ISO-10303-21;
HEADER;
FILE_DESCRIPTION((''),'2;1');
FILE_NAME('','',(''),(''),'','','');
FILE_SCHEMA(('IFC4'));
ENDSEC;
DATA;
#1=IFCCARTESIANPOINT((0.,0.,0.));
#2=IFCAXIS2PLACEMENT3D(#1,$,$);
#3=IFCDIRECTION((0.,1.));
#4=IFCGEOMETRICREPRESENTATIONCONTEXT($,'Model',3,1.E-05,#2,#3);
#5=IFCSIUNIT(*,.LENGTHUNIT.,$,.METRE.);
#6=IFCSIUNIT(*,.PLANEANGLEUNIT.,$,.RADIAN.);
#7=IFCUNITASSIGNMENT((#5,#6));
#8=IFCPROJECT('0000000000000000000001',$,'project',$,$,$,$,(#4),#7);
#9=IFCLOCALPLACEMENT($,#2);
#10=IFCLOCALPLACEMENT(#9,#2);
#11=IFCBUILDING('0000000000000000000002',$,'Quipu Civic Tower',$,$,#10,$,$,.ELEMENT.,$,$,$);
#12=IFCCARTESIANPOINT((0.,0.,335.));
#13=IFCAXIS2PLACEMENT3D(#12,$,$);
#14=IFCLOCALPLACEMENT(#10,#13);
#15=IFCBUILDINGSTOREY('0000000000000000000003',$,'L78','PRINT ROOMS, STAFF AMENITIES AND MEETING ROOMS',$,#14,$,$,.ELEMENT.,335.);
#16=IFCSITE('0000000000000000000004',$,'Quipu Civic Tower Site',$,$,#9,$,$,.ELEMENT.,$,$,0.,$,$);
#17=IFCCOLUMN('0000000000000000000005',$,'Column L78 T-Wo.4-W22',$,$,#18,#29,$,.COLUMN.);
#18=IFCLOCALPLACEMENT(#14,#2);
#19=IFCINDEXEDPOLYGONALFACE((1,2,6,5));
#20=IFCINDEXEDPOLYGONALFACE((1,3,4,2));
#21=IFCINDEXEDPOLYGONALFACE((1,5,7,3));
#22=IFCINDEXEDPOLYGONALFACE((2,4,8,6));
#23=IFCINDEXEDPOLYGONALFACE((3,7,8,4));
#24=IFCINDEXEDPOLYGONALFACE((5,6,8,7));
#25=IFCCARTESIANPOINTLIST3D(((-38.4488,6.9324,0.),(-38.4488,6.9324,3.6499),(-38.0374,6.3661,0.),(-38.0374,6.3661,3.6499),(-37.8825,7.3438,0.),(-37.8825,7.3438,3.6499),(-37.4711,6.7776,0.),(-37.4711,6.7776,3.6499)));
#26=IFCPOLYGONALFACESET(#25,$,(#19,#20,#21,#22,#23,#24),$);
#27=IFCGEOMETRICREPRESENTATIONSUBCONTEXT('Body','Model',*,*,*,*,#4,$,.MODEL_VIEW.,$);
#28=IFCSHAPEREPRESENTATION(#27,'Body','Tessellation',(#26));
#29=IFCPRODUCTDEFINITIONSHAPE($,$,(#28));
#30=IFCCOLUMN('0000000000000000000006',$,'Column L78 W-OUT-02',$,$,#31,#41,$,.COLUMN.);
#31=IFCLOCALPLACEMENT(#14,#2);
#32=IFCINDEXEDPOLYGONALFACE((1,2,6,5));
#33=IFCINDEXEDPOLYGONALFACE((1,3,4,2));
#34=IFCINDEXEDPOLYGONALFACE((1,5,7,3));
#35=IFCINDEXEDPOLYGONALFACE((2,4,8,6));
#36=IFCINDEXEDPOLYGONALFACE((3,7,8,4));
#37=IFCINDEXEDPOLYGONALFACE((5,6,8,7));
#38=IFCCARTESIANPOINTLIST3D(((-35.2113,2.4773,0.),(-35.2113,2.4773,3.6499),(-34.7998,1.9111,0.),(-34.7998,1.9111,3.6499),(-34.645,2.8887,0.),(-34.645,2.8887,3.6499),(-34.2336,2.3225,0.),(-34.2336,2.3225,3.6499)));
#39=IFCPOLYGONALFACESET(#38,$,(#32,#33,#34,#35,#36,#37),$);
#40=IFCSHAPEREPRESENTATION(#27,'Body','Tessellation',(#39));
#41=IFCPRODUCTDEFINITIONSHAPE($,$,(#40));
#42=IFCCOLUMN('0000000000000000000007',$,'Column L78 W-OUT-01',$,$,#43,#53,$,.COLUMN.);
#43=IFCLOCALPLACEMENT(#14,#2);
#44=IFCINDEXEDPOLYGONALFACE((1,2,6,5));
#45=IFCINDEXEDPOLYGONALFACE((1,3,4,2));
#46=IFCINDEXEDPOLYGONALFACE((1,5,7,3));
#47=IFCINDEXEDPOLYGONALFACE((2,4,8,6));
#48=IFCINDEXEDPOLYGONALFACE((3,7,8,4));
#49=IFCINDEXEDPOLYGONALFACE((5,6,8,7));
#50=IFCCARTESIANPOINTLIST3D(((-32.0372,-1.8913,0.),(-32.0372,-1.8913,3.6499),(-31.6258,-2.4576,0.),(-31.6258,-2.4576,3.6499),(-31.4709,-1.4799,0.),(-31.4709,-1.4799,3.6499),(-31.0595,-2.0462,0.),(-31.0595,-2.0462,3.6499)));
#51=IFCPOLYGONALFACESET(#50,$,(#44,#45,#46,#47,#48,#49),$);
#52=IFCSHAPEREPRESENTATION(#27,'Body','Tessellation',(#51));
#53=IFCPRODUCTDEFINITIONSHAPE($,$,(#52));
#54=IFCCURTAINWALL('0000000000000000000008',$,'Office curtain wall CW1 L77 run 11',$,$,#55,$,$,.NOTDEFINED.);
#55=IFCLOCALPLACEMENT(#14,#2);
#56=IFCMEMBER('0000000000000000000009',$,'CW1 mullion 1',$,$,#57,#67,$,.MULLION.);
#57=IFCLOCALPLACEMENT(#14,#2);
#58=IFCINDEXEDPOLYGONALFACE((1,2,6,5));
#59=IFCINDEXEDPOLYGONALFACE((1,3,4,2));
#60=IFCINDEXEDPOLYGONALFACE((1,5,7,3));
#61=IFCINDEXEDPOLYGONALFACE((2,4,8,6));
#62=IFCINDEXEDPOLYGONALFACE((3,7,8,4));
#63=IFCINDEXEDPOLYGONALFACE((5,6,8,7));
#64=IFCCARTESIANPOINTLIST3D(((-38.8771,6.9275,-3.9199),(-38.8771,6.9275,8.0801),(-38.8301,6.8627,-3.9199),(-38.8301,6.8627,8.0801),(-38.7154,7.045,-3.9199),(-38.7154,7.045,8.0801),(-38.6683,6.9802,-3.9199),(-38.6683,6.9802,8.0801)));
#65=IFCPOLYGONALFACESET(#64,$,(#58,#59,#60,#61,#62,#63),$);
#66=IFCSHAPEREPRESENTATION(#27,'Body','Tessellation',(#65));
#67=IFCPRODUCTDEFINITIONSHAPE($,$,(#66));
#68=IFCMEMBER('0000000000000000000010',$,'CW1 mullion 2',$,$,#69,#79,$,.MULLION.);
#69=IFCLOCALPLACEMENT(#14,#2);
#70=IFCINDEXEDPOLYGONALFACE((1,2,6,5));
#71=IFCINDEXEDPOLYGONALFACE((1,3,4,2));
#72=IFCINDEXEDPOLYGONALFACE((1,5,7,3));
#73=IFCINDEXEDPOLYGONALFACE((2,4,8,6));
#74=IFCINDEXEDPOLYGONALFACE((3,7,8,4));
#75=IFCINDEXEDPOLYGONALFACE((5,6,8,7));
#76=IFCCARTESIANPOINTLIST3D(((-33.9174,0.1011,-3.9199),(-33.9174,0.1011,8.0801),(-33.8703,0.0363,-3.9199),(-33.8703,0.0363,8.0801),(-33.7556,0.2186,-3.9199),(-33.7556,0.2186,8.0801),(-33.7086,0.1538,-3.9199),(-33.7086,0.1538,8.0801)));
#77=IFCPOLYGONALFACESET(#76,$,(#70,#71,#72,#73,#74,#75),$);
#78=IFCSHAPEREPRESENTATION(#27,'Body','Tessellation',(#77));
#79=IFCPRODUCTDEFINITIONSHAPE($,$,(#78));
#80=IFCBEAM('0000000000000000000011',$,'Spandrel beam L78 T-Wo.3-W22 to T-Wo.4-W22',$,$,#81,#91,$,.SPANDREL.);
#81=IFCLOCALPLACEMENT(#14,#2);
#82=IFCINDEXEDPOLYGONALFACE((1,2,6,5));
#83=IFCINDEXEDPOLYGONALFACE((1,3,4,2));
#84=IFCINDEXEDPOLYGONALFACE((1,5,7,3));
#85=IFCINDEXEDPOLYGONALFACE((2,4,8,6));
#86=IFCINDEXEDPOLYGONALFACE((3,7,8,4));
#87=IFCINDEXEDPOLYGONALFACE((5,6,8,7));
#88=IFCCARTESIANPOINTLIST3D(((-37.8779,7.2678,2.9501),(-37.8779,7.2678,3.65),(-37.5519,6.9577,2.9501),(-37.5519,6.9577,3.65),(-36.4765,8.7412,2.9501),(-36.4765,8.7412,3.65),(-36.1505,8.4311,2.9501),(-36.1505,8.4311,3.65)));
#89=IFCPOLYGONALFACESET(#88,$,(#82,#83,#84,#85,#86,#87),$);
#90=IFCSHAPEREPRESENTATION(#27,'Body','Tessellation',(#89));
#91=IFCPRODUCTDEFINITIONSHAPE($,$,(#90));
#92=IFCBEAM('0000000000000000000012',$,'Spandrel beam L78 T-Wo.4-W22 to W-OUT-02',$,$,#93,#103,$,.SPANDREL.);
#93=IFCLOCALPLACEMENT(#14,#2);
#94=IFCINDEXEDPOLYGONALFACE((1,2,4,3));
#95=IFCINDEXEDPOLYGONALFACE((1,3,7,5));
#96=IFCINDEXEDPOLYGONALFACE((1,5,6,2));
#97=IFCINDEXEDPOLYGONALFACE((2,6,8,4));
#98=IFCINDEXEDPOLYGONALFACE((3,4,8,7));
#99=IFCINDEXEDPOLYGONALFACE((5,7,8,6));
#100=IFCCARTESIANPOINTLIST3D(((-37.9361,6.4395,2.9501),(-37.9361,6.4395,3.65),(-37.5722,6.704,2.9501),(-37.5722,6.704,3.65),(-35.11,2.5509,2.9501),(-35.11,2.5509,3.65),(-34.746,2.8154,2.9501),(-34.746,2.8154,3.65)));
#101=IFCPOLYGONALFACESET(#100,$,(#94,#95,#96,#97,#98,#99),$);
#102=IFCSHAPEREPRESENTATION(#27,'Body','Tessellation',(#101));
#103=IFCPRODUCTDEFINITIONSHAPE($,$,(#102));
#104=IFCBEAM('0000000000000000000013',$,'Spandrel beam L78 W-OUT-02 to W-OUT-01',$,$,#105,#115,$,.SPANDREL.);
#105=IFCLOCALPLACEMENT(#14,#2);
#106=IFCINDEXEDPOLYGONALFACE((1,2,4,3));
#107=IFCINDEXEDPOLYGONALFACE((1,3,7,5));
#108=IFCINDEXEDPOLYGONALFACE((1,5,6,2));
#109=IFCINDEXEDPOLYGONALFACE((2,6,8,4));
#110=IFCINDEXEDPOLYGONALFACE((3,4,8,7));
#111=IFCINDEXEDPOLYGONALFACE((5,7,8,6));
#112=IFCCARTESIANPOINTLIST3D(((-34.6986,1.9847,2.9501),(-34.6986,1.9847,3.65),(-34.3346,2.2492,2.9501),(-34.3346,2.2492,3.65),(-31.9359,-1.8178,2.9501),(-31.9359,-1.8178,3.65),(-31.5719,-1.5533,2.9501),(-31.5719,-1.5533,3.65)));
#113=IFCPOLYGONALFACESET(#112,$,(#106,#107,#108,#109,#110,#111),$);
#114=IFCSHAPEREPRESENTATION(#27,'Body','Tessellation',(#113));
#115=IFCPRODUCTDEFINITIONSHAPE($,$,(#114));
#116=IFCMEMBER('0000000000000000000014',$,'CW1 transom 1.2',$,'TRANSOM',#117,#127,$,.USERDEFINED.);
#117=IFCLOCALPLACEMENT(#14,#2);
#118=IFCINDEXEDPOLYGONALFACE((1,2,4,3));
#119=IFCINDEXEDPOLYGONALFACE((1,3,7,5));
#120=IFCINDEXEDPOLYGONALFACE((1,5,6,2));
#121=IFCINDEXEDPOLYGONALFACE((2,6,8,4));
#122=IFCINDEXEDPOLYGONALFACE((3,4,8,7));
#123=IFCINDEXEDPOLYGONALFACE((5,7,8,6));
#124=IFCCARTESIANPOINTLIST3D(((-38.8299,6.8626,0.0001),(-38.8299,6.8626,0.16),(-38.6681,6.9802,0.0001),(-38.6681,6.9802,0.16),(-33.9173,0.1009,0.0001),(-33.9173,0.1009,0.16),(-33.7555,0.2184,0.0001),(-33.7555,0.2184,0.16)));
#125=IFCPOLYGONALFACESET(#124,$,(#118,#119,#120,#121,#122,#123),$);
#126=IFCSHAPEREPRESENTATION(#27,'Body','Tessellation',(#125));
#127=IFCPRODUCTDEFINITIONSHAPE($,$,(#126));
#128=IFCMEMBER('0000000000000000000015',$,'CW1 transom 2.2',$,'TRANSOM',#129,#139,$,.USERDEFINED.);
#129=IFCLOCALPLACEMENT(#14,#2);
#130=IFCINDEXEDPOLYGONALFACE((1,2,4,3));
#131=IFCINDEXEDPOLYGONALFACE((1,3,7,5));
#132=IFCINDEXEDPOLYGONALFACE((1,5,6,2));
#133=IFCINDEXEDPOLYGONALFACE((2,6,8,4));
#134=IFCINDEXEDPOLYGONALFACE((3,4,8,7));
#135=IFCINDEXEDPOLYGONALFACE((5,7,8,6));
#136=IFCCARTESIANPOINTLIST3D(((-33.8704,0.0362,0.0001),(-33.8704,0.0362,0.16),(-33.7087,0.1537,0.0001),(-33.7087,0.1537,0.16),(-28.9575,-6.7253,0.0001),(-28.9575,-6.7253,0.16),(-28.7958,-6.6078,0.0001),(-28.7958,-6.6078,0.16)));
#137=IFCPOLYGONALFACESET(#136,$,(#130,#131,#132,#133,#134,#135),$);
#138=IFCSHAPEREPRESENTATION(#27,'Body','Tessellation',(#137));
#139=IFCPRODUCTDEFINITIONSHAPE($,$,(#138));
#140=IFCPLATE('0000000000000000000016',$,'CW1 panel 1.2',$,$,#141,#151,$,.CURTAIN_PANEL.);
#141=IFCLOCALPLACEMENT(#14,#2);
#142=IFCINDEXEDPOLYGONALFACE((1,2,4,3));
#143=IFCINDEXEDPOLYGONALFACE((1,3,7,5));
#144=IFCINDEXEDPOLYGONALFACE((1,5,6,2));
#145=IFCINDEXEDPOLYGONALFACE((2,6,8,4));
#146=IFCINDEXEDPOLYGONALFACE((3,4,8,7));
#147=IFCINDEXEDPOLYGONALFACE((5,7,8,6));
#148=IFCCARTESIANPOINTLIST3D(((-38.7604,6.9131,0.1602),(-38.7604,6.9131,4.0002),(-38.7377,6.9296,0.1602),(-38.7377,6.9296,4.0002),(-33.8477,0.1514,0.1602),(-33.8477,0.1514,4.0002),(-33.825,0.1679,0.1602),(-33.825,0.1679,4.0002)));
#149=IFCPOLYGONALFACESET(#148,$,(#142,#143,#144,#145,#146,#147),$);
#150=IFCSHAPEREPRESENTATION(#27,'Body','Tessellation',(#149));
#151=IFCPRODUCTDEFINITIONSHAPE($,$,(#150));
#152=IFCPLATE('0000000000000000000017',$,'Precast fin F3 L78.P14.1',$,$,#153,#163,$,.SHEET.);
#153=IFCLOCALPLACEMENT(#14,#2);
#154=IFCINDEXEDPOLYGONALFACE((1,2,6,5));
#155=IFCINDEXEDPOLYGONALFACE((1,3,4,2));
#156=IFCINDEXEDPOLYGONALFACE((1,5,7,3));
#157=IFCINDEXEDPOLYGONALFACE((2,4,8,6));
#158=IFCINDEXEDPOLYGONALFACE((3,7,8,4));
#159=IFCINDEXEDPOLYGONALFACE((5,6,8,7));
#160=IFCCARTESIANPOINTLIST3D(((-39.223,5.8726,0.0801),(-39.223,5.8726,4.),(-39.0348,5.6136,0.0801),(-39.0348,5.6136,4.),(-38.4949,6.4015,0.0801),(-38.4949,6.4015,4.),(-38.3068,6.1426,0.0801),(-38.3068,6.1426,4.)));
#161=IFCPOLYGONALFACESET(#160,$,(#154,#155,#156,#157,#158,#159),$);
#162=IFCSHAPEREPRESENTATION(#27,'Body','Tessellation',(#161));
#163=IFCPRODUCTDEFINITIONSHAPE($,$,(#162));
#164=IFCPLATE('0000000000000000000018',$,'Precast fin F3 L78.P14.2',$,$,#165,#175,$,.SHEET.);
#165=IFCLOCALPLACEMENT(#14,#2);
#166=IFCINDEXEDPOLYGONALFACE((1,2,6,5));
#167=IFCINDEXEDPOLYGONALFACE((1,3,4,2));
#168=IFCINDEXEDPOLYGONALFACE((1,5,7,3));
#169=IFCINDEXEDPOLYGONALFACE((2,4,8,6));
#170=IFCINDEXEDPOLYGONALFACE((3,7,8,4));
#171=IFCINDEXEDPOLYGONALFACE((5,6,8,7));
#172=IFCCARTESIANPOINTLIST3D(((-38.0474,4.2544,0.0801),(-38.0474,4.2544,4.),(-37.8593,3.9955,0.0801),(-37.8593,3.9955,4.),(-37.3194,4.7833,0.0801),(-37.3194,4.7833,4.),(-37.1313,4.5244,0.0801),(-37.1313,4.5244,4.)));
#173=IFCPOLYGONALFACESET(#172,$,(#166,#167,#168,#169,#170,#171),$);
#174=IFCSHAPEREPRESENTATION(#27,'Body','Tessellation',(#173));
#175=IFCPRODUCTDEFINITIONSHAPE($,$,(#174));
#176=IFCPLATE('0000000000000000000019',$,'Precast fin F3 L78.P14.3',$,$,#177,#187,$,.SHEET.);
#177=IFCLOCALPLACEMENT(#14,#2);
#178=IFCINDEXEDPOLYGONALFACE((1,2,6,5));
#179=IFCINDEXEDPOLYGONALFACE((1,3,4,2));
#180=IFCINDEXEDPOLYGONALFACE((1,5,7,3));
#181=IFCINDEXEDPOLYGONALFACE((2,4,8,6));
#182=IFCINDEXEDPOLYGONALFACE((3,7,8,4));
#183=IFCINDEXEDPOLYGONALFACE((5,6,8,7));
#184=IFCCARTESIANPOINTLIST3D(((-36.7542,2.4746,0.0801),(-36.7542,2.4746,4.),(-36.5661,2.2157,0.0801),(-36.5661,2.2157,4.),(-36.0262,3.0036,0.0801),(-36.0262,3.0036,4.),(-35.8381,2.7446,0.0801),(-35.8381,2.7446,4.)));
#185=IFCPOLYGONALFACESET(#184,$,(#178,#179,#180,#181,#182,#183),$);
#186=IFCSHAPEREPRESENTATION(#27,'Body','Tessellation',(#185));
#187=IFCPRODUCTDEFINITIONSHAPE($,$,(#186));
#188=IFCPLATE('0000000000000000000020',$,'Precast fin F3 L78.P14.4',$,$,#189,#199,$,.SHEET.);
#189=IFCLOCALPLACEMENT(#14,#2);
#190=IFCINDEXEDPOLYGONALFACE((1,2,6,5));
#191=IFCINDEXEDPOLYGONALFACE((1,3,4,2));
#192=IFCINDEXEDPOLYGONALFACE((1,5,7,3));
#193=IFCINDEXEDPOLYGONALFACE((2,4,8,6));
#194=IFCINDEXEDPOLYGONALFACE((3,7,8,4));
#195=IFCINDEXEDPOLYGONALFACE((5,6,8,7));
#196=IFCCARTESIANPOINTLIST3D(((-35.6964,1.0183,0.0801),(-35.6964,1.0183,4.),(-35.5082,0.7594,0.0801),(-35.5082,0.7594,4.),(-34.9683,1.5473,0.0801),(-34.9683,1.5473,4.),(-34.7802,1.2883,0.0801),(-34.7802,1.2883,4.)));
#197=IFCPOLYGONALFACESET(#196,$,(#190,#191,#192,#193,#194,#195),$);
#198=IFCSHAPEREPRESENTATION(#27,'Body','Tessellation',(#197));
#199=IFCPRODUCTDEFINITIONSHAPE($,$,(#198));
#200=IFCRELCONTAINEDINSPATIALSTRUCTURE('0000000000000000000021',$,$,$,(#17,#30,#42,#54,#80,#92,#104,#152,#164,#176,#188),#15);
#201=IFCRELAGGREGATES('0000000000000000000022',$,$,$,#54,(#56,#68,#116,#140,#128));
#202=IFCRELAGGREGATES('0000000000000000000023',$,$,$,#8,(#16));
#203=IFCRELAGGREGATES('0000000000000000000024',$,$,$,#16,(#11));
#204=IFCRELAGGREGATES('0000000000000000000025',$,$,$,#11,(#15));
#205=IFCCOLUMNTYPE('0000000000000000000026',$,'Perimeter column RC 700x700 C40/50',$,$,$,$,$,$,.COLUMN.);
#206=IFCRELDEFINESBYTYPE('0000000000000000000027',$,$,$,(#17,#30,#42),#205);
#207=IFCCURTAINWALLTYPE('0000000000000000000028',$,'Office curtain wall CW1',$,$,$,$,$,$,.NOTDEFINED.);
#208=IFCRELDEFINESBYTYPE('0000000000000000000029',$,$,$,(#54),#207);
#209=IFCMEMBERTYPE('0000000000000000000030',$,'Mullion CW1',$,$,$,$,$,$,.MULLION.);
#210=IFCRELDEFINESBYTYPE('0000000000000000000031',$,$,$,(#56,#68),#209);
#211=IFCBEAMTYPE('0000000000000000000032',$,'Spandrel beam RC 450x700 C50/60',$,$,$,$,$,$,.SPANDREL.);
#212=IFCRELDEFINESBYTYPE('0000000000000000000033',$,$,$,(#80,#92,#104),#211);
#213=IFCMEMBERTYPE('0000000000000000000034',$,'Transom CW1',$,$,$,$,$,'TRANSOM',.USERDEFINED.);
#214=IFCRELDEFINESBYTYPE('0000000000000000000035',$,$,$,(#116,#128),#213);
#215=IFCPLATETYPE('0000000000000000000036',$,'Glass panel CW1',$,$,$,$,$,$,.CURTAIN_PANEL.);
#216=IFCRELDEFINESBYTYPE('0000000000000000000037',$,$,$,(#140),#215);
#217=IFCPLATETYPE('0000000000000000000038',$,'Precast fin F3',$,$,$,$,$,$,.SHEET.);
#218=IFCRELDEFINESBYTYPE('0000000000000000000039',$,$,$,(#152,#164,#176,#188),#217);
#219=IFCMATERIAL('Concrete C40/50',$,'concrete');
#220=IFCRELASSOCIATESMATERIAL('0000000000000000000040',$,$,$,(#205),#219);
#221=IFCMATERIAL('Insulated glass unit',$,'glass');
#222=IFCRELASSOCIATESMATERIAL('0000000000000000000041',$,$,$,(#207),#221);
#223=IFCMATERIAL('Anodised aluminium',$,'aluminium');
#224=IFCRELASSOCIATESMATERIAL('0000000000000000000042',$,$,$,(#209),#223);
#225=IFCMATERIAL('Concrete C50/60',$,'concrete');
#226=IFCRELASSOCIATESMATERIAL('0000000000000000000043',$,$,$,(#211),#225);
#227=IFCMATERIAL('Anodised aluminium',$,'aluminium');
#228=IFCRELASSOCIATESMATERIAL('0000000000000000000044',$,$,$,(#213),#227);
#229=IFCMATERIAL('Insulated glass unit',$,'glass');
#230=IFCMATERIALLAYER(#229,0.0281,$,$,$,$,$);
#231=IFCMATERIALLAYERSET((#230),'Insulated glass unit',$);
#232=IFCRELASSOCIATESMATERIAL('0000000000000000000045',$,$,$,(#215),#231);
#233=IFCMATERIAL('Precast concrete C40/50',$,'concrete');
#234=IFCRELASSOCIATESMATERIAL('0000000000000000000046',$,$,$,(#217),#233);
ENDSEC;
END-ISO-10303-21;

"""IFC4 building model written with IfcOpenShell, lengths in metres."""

from ifc_helpers import new_model, si_unit, direction, frame, origin, origin_2d, place, context, subcontext, project, spatial, rectangle, extrude, material, layer, layer_set, material_profile, profile_set, type_object, element, aggregate, save


model = new_model("IFC4")

# Units and contexts
model_context = context("Model", 3, precision=1e-05, world=origin(), true_north=direction((0.0, 1.0)))
body_context = subcontext(model_context, "Body", "Model", "MODEL_VIEW")
ifc_project = project(units=[si_unit("LENGTHUNIT", "METRE"), si_unit("PLANEANGLEUNIT", "RADIAN")], contexts=[model_context])

# Site, building, storey
site_placement = place(None, origin())
site = spatial("IfcSite", under=ifc_project, at=site_placement, Name="Quipu Civic Tower Site", CompositionType="ELEMENT", RefElevation=0.0)
building_placement = place(site_placement, origin())
building = spatial("IfcBuilding", under=site, at=building_placement, Name="Quipu Civic Tower", CompositionType="ELEMENT")
storey_placement = place(building_placement, frame((0.0, 0.0, 335.0)))
storey = spatial("IfcBuildingStorey", under=building, at=storey_placement, Name="L78", Description="PRINT ROOMS, STAFF AMENITIES AND MEETING ROOMS", CompositionType="ELEMENT", Elevation=335.0)

# Columns
ifc_material_1 = material(Name="Concrete C40/50", Category="concrete")
ifc_material_profile_1 = material_profile(ifc_material_1, rectangle(XDim=0.7, YDim=0.7, at=origin_2d()), Name="RC700x700")
ifc_profile_set_1 = profile_set([ifc_material_profile_1], Name="Concrete C40/50")
column_type = type_object("IfcColumnType", Name="Perimeter column RC 700x700 C40/50", PredefinedType="COLUMN", material=ifc_profile_set_1)
for number, where, z_axis, x_axis, name in (
    (1, (-37.96, 6.855, 0.0), (0.0, 0.0, 1.0), (0.587785, -0.809017, 0.0), "Column L78 T-Wo.4-W22"),
    (2, (-34.7224, 2.3999, 0.0), (0.0, 0.0, 1.0), (0.587785, -0.809017, 0.0), "Column L78 W-OUT-02"),
    (3, (-31.5483, -1.9688, 0.0), (0.0, 0.0, 1.0), (0.587785, -0.809017, 0.0), "Column L78 W-OUT-01"),
):
    element("IfcColumn", number, at=place(storey_placement, frame(where, z_axis=z_axis, x_axis=x_axis)), inside=storey, type_object=column_type, Name=name, PredefinedType="COLUMN", context=body_context, shape_type="SweptSolid", body=[
        extrude(rectangle(XDim=0.7, YDim=0.7, at=origin_2d()), origin(), (0.0, 0.0, 1.0), 3.6499),
    ])

# Curtain wall, members
ifc_material_2 = material(Name="Insulated glass unit", Category="glass")
curtain_wall_type = type_object("IfcCurtainWallType", Name="Office curtain wall CW1", PredefinedType="NOTDEFINED", material=ifc_material_2)
curtain_wall_placement = place(storey_placement, origin())
curtain_wall = element("IfcCurtainWall", 4, at=curtain_wall_placement, inside=storey, type_object=curtain_wall_type, Name="Office curtain wall CW1 L77 run 11", PredefinedType="NOTDEFINED")
ifc_material_3 = material(Name="Anodised aluminium", Category="aluminium")
ifc_material_profile_2 = material_profile(ifc_material_3, rectangle(XDim=0.2, YDim=0.0801, at=origin_2d()), Name="RECT 200x80")
ifc_profile_set_2 = profile_set([ifc_material_profile_2], Name="Anodised aluminium")
member_type_1 = type_object("IfcMemberType", Name="Mullion CW1", PredefinedType="MULLION", material=ifc_profile_set_2)
member_1_placement = place(storey_placement, frame((-38.7727, 6.9539, -3.9199), z_axis=(0.0, 0.0, 1.0), x_axis=(0.809016, 0.587786, 0.0)))
member_1 = element("IfcMember", 5, at=member_1_placement, type_object=member_type_1, Name="CW1 mullion 1", PredefinedType="MULLION", context=body_context, shape_type="SweptSolid", body=[
    extrude(rectangle(XDim=0.2, YDim=0.0801, at=origin_2d()), origin(), (0.0, 0.0, 1.0), 12.0),
])
member_2_placement = place(storey_placement, frame((-33.813, 0.1274, -3.9199), z_axis=(0.0, 0.0, 1.0), x_axis=(0.809016, 0.587786, 0.0)))
member_2 = element("IfcMember", 6, at=member_2_placement, type_object=member_type_1, Name="CW1 mullion 2", PredefinedType="MULLION", context=body_context, shape_type="SweptSolid", body=[
    extrude(rectangle(XDim=0.2, YDim=0.0801, at=origin_2d()), origin(), (0.0, 0.0, 1.0), 12.0),
])

# Beams
ifc_material_4 = material(Name="Concrete C50/60", Category="concrete")
ifc_material_profile_3 = material_profile(ifc_material_4, rectangle(XDim=0.45, YDim=0.7, at=origin_2d()), Name="RC450x700")
ifc_profile_set_3 = profile_set([ifc_material_profile_3], Name="Concrete C50/60")
beam_type = type_object("IfcBeamType", Name="Spandrel beam RC 450x700 C50/60", PredefinedType="SPANDREL", material=ifc_profile_set_3)
beam_1_placement = place(storey_placement, frame((-36.3135, 8.5862, 3.3), z_axis=(-0.689175, -0.724595, 0.0), x_axis=(0.724595, -0.689175, 0.0)))
element("IfcBeam", 7, at=beam_1_placement, inside=storey, type_object=beam_type, Name="Spandrel beam L78 T-Wo.3-W22 to T-Wo.4-W22", PredefinedType="SPANDREL", context=body_context, shape_type="SweptSolid", body=[
    extrude(rectangle(XDim=0.45, YDim=0.7, at=origin_2d()), origin(), (0.0, 0.0, 1.0), 2.0334),
])
beam_2_placement = place(storey_placement, frame((-37.7542, 6.5718, 3.3), z_axis=(0.587906, -0.808929, 0.0), x_axis=(0.808929, 0.587906, 0.0)))
element("IfcBeam", 8, at=beam_2_placement, inside=storey, type_object=beam_type, Name="Spandrel beam L78 T-Wo.4-W22 to W-OUT-02", PredefinedType="SPANDREL", context=body_context, shape_type="SweptSolid", body=[
    extrude(rectangle(XDim=0.45, YDim=0.7, at=origin_2d()), origin(), (0.0, 0.0, 1.0), 4.8071),
])
beam_3_placement = place(storey_placement, frame((-34.5166, 2.1169, 3.3), z_axis=(0.587789, -0.809015, 0.0), x_axis=(0.809015, 0.587789, 0.0)))
element("IfcBeam", 9, at=beam_3_placement, inside=storey, type_object=beam_type, Name="Spandrel beam L78 W-OUT-02 to W-OUT-01", PredefinedType="SPANDREL", context=body_context, shape_type="SweptSolid", body=[
    extrude(rectangle(XDim=0.45, YDim=0.7, at=origin_2d()), origin(), (0.0, 0.0, 1.0), 4.7002),
])

# Members
ifc_material_5 = material(Name="Anodised aluminium", Category="aluminium")
ifc_material_profile_4 = material_profile(ifc_material_5, rectangle(XDim=0.2, YDim=0.1599, at=origin_2d()), Name="RECT 200x160")
ifc_profile_set_4 = profile_set([ifc_material_profile_4], Name="Anodised aluminium")
member_type_2 = type_object("IfcMemberType", Name="Transom CW1", ElementType="TRANSOM", PredefinedType="USERDEFINED", material=ifc_profile_set_4)
member_3_placement = place(storey_placement, frame((-38.749, 6.9214, 0.0801), z_axis=(0.587779, -0.809021, 0.0), x_axis=(0.809021, 0.587779, 0.0)))
member_3 = element("IfcMember", 10, at=member_3_placement, type_object=member_type_2, Name="CW1 transom 1.2", ObjectType="TRANSOM", PredefinedType="USERDEFINED", context=body_context, shape_type="SweptSolid", body=[
    extrude(rectangle(XDim=0.2, YDim=0.1599, at=origin_2d()), origin(), (0.0, 0.0, 1.0), 8.3579),
])
member_4_placement = place(storey_placement, frame((-33.7896, 0.095, 0.0801), z_axis=(0.587812, -0.808997, 0.0), x_axis=(0.808997, 0.587812, 0.0)))
member_4 = element("IfcMember", 11, at=member_4_placement, type_object=member_type_2, Name="CW1 transom 2.2", ObjectType="TRANSOM", PredefinedType="USERDEFINED", context=body_context, shape_type="SweptSolid", body=[
    extrude(rectangle(XDim=0.2, YDim=0.1599, at=origin_2d()), origin(), (0.0, 0.0, 1.0), 8.3579),
])

# Plate
ifc_material_6 = material(Name="Insulated glass unit", Category="glass")
ifc_layer_1 = layer(ifc_material_6, 0.0281)
ifc_layer_set_1 = layer_set([ifc_layer_1], Name="Insulated glass unit")
plate_type_1 = type_object("IfcPlateType", Name="Glass panel CW1", PredefinedType="CURTAIN_PANEL", material=ifc_layer_set_1)
plate_placement = place(storey_placement, frame((-36.2927, 3.5405, 0.1602), z_axis=(0.0, 0.0, 1.0), x_axis=(0.587786, -0.809016, 0.0)))
plate = element("IfcPlate", 12, at=plate_placement, type_object=plate_type_1, Name="CW1 panel 1.2", PredefinedType="CURTAIN_PANEL", context=body_context, shape_type="SweptSolid", body=[
    extrude(rectangle(XDim=8.3579, YDim=0.0281, at=origin_2d()), origin(), (0.0, 0.0, 1.0), 3.8401),
])
aggregate(curtain_wall, [member_1, member_2, member_3, plate, member_4])

# Plates
ifc_material_7 = material(Name="Precast concrete C40/50", Category="concrete")
plate_type_2 = type_object("IfcPlateType", Name="Precast fin F3", PredefinedType="SHEET", material=ifc_material_7)
for number, where, z_axis, x_axis, name in (
    (13, (-38.7649, 6.0076, 0.0801), (0.0, 0.0, 1.0), (0.587787, -0.809016, 0.0), "Precast fin F3 L78.P14.1"),
    (14, (-37.5894, 4.3894, 0.0801), (0.0, 0.0, 1.0), (0.587787, -0.809016, 0.0), "Precast fin F3 L78.P14.2"),
    (15, (-36.2961, 2.6096, 0.0801), (0.0, 0.0, 1.0), (0.587787, -0.809016, 0.0), "Precast fin F3 L78.P14.3"),
    (16, (-35.2383, 1.1533, 0.0801), (0.0, 0.0, 1.0), (0.587787, -0.809016, 0.0), "Precast fin F3 L78.P14.4"),
):
    element("IfcPlate", number, at=place(storey_placement, frame(where, z_axis=z_axis, x_axis=x_axis)), inside=storey, type_object=plate_type_2, Name=name, PredefinedType="SHEET", context=body_context, shape_type="SweptSolid", body=[
        extrude(rectangle(XDim=0.3201, YDim=0.8999, at=origin_2d()), origin(), (0.0, 0.0, 1.0), 3.9199),
    ])

save(model, "model.ifc")
